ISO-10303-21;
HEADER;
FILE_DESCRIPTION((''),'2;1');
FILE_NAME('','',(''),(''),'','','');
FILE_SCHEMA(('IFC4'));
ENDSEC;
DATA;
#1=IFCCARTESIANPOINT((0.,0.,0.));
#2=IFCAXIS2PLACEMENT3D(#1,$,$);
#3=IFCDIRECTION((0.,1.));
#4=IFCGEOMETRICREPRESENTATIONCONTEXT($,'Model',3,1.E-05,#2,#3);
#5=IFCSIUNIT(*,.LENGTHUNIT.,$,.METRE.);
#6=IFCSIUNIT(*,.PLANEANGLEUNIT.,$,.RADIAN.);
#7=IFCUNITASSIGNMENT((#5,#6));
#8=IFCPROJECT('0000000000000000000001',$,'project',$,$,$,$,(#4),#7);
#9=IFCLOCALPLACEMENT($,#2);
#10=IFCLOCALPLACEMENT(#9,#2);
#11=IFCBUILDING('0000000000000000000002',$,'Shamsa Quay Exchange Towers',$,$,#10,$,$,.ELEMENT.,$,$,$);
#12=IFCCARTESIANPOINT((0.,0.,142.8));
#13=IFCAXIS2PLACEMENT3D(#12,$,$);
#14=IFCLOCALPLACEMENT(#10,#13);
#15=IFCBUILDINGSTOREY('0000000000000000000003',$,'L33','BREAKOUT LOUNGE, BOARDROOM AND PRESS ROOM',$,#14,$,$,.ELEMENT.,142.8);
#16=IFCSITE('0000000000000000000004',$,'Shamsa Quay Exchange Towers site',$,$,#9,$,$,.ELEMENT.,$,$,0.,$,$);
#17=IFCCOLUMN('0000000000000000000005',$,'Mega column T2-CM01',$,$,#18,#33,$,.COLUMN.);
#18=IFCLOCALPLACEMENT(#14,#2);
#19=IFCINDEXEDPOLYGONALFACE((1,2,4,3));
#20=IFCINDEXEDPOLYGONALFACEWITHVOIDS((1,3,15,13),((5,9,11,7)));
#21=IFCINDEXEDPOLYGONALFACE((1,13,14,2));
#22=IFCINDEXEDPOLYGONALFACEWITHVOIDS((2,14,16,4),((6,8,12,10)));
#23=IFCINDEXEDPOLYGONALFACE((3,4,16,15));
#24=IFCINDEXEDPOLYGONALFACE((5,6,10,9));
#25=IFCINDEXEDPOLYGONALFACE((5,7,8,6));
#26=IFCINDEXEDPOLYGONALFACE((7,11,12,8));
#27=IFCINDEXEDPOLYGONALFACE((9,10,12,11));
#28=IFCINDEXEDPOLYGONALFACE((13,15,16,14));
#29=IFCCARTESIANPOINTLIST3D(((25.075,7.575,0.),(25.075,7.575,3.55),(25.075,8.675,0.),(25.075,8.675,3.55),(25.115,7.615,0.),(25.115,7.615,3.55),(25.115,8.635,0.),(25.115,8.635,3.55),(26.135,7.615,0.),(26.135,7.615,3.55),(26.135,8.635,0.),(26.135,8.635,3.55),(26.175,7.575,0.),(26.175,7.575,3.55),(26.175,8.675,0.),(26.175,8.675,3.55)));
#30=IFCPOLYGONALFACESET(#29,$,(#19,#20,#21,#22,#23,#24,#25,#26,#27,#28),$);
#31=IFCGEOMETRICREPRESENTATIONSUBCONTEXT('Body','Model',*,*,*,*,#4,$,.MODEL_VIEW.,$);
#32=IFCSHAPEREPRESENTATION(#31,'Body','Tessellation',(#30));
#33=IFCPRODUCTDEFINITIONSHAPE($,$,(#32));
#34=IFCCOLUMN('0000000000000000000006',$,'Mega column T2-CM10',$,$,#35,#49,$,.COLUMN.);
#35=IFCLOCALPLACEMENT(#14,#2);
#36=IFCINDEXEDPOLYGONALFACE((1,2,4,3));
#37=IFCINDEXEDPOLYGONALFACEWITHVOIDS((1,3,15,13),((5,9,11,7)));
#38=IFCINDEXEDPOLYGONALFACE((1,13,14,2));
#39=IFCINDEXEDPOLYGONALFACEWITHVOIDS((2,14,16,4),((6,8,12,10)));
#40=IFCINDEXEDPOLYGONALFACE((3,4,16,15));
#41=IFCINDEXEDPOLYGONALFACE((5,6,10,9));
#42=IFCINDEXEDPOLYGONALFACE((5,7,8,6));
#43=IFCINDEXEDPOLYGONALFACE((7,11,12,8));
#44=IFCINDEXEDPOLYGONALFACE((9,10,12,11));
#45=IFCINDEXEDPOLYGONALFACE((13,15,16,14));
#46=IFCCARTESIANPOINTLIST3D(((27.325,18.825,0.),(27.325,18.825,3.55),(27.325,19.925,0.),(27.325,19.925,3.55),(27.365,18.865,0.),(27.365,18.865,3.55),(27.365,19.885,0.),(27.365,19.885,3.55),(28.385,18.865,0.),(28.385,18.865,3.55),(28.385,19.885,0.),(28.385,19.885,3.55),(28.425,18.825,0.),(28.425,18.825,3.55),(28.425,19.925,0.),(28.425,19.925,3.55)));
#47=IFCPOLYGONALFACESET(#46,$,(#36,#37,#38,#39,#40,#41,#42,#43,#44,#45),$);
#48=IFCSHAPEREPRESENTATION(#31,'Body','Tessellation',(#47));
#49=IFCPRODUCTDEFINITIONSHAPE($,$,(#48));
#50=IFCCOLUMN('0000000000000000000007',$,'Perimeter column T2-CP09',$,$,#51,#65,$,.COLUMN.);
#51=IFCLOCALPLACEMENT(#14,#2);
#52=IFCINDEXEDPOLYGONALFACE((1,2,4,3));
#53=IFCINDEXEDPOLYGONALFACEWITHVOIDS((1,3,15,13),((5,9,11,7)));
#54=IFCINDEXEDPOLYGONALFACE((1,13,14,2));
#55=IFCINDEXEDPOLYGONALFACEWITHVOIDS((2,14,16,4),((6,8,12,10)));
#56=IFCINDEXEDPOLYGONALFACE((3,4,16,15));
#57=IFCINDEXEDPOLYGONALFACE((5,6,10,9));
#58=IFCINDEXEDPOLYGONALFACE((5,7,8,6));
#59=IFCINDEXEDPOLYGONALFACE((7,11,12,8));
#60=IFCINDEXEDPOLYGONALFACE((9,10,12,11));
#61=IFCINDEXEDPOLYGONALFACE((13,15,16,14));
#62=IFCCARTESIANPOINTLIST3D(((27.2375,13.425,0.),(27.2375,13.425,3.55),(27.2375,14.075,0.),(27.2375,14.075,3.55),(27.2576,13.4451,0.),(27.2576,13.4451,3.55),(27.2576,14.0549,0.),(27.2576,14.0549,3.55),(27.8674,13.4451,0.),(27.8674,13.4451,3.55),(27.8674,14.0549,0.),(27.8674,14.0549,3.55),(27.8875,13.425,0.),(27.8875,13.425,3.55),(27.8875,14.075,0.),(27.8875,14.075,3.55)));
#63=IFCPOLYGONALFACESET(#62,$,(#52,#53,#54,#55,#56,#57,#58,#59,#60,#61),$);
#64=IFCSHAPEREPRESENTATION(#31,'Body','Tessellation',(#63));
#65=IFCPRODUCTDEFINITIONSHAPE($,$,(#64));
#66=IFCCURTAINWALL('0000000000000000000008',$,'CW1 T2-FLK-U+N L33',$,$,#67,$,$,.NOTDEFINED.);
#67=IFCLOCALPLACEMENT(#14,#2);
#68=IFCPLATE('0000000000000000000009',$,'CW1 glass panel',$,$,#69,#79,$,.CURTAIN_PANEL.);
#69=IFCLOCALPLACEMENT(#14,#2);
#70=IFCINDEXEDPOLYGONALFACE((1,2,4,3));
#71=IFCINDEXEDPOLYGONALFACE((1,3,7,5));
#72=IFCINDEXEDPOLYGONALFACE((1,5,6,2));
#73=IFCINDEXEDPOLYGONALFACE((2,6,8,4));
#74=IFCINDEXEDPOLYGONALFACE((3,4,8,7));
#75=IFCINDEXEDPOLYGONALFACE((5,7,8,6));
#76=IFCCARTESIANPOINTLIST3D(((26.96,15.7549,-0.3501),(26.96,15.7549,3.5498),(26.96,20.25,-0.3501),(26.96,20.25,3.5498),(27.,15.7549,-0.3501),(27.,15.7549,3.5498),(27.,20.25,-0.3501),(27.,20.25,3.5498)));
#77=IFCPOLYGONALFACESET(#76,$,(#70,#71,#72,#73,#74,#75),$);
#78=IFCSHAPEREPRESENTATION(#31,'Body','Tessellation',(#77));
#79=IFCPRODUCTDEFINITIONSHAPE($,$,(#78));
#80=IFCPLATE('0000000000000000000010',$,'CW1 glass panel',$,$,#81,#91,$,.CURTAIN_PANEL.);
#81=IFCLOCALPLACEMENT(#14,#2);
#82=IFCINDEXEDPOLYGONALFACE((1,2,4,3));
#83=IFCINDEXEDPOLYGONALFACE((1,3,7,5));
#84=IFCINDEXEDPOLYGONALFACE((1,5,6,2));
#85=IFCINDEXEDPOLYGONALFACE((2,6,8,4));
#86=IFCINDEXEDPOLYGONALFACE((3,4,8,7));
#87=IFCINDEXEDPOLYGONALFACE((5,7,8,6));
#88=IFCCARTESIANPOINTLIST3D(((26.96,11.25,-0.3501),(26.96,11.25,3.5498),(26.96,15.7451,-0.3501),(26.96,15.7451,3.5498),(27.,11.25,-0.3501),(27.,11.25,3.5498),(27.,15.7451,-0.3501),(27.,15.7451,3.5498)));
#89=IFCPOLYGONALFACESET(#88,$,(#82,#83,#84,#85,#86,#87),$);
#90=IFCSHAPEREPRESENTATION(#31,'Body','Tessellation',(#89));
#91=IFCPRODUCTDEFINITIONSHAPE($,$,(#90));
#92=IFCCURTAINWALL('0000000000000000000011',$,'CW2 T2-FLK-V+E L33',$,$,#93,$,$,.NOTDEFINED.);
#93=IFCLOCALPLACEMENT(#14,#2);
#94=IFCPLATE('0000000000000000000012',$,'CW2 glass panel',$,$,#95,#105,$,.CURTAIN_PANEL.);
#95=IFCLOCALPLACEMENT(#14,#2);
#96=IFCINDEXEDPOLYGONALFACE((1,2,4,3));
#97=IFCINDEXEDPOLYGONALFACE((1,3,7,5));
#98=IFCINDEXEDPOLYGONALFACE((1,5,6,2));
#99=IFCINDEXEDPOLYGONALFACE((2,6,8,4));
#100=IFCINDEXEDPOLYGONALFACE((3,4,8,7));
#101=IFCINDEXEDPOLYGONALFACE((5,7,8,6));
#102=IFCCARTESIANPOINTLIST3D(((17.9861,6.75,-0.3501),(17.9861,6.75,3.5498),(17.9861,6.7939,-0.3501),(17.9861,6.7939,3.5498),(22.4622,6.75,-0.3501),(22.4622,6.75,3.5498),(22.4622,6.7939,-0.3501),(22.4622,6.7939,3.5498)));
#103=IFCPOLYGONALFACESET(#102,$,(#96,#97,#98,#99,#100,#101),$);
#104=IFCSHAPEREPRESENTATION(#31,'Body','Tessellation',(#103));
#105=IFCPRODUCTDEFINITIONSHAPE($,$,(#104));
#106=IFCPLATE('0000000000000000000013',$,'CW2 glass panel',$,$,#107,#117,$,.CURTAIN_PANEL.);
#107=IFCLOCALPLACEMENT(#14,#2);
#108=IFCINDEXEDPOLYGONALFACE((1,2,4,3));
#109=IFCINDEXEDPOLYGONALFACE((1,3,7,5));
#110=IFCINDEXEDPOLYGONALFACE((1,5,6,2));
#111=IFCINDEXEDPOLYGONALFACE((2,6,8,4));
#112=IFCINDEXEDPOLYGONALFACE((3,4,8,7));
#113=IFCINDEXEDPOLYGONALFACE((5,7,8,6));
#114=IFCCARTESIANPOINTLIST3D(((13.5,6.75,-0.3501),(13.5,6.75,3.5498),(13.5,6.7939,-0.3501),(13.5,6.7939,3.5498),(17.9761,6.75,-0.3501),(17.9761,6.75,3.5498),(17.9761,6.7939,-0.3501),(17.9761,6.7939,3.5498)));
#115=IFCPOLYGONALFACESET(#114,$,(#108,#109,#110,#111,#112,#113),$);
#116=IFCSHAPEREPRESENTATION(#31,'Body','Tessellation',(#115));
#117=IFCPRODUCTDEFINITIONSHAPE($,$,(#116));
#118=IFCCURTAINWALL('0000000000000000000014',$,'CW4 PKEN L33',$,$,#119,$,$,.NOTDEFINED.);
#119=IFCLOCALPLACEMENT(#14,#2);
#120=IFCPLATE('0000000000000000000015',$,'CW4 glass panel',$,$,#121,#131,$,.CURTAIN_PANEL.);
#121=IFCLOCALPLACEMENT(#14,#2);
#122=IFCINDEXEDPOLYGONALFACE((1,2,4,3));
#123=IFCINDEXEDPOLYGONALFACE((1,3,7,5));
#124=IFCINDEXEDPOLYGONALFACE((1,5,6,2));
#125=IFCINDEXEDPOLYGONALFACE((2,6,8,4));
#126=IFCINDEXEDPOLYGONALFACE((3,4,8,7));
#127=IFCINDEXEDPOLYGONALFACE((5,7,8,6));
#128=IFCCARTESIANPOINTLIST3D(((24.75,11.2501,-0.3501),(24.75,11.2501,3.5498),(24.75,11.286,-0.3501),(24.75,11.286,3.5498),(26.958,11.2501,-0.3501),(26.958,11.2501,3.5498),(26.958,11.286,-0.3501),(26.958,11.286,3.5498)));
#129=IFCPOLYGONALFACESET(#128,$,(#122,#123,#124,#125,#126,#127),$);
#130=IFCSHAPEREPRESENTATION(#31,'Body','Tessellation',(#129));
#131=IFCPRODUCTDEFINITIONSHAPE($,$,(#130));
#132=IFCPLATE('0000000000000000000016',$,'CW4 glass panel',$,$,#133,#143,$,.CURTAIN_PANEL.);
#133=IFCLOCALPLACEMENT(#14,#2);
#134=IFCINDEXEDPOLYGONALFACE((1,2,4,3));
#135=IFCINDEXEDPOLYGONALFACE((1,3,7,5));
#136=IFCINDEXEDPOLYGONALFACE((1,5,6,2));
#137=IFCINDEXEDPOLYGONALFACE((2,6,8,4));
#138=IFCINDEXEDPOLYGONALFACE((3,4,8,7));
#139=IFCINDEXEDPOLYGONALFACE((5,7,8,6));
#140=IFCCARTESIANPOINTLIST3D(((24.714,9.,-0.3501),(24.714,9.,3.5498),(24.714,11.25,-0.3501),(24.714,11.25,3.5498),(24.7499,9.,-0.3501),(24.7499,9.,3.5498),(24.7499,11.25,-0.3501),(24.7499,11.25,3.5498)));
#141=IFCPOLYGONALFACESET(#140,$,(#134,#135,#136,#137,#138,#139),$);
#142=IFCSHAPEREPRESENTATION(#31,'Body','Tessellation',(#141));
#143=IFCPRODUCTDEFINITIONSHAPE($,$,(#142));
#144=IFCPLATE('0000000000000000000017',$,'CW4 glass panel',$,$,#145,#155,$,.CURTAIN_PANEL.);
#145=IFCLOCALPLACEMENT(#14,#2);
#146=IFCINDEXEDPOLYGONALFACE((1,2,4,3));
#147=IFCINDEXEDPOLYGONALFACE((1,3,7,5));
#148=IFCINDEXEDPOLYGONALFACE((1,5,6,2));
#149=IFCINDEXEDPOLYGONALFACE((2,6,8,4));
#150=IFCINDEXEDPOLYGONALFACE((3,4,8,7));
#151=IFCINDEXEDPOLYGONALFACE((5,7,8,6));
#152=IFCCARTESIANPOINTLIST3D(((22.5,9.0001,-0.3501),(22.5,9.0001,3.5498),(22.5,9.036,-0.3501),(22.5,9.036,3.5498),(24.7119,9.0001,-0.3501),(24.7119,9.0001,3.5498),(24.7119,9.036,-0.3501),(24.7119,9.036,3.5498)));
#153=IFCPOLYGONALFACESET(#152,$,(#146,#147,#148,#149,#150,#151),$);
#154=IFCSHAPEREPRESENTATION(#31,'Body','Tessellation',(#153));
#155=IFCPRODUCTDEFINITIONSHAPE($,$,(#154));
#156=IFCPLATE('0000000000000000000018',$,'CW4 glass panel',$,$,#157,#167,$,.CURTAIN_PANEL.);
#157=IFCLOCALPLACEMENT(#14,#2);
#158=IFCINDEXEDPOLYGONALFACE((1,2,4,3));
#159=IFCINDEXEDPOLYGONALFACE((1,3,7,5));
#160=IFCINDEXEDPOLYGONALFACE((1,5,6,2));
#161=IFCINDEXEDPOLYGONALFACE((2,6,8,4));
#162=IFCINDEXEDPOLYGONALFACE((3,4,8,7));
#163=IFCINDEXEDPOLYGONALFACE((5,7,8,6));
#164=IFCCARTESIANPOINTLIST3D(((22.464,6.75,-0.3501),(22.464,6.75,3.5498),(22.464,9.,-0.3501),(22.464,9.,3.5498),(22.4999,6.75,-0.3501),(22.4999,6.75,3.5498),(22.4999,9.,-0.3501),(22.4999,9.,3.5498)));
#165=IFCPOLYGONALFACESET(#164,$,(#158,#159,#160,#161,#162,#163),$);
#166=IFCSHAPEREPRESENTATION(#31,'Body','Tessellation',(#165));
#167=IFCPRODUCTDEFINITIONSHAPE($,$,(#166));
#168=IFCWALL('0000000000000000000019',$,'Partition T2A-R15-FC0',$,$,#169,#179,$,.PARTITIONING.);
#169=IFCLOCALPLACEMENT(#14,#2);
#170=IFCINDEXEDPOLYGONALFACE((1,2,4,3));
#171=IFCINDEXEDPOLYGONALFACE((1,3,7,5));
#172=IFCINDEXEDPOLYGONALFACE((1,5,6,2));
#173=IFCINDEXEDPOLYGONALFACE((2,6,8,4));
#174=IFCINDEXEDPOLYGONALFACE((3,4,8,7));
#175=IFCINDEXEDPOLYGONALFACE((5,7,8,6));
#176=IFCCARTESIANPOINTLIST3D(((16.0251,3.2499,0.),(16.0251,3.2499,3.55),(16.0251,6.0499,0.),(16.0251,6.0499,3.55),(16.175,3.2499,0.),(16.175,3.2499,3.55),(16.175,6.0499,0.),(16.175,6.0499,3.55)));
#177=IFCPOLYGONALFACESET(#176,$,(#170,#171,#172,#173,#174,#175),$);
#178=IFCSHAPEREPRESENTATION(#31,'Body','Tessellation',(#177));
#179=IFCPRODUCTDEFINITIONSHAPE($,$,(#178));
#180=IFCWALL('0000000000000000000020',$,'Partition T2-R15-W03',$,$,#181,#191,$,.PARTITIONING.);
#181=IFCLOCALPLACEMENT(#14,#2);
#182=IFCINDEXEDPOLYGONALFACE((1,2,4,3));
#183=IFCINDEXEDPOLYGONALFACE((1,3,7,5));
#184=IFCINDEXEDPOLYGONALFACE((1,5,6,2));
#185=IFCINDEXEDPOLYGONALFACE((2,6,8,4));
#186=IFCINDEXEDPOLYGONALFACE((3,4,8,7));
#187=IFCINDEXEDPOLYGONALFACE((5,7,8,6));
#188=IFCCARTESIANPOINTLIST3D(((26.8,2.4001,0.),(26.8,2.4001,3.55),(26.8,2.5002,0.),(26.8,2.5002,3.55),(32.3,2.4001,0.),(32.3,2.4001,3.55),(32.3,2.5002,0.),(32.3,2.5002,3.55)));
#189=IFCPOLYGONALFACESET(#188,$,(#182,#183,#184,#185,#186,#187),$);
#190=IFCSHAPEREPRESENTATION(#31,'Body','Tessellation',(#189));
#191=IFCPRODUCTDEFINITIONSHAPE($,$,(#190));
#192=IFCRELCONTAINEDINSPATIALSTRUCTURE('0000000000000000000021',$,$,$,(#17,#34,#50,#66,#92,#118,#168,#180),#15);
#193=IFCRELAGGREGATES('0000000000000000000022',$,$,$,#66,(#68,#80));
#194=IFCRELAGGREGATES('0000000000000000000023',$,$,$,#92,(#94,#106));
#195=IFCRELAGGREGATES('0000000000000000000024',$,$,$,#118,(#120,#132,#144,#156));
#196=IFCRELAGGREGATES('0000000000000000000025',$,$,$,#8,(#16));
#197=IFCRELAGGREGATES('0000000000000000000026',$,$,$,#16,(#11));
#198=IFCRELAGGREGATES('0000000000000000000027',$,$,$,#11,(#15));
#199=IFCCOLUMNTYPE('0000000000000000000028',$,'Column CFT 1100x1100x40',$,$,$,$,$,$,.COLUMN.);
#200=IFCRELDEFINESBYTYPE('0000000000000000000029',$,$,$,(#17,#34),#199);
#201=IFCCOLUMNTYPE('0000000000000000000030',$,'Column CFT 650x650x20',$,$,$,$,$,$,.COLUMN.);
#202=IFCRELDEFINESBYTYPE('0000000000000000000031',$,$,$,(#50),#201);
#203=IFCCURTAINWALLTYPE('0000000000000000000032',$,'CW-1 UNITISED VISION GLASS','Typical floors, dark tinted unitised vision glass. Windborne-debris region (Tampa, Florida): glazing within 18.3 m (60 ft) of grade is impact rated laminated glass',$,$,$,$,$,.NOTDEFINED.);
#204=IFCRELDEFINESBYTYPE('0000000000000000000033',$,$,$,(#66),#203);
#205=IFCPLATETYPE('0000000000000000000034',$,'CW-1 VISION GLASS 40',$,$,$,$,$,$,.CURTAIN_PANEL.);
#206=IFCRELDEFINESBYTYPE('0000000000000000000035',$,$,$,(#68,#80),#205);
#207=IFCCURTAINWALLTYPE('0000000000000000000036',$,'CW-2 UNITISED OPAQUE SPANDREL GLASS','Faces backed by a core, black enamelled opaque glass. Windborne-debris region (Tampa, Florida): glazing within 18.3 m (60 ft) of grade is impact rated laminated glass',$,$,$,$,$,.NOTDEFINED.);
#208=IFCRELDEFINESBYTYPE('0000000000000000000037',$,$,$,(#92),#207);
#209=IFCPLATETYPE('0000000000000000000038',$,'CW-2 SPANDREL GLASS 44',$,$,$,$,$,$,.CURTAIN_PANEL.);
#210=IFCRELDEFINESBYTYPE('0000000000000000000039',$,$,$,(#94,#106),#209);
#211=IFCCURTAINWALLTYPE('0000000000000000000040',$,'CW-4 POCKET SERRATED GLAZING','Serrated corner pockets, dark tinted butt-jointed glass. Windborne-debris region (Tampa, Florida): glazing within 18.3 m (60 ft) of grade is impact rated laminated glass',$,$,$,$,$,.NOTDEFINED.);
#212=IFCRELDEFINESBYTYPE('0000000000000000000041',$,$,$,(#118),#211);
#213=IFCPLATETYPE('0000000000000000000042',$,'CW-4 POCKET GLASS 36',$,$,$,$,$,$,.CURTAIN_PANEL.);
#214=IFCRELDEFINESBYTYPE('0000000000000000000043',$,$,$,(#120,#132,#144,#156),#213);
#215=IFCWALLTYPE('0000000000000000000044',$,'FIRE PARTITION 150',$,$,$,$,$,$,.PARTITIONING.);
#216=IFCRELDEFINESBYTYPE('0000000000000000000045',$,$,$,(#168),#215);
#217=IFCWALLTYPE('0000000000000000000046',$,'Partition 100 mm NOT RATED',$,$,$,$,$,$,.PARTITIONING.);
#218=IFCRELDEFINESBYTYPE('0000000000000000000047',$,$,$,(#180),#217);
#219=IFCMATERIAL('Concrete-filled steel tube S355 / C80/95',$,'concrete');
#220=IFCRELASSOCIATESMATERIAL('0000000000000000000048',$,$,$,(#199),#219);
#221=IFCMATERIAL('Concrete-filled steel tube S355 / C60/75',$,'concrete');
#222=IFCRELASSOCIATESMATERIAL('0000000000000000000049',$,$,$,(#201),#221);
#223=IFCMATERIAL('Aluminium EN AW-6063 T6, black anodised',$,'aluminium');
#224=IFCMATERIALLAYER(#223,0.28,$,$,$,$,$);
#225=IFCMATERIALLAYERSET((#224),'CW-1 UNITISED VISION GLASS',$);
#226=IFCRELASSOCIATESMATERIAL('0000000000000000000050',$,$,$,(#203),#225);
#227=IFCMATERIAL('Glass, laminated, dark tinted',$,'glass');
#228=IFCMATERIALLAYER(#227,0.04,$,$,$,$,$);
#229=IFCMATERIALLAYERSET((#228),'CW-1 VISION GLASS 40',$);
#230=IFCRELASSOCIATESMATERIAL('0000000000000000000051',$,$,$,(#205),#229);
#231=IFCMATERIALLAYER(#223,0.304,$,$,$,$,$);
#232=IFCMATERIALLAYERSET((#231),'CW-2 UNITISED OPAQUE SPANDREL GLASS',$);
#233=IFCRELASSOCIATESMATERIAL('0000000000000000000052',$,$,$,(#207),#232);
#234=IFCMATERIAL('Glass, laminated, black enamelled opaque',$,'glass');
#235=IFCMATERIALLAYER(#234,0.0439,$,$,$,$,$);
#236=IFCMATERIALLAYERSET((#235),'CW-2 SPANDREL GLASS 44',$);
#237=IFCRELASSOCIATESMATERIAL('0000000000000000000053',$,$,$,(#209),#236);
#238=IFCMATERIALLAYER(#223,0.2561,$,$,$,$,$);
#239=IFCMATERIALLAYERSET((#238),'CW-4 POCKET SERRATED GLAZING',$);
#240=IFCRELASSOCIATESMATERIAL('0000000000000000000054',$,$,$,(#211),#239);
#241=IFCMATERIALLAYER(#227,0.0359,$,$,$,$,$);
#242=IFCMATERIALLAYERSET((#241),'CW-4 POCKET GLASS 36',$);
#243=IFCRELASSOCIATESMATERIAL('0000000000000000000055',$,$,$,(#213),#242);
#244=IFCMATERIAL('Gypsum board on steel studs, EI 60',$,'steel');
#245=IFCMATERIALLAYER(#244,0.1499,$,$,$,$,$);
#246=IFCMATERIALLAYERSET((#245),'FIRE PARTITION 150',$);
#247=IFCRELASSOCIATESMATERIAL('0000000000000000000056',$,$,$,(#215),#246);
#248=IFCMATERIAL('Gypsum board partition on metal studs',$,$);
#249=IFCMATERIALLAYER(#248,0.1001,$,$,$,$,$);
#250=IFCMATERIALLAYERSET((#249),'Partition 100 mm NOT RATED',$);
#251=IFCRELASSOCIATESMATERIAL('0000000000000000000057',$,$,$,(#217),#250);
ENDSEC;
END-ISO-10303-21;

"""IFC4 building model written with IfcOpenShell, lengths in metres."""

from ifc_helpers import new_model, si_unit, direction, frame, frame_2d, origin, origin_2d, place, context, subcontext, project, spatial, rectangle, hollow_rectangle, extrude, material, layer, layer_set, material_profile, profile_set, type_object, element, aggregate, save


model = new_model("IFC4")

# Units and contexts
model_context = context("Model", 3, precision=1e-05, world=origin(), true_north=direction((0.0, 1.0)))
body_context = subcontext(model_context, "Body", "Model", "MODEL_VIEW")
ifc_project = project(units=[si_unit("LENGTHUNIT", "METRE"), si_unit("PLANEANGLEUNIT", "RADIAN")], contexts=[model_context])

# Site, building, storey
site_placement = place(None, origin())
site = spatial("IfcSite", under=ifc_project, at=site_placement, Name="Shamsa Quay Exchange Towers site", CompositionType="ELEMENT", RefElevation=0.0)
building_placement = place(site_placement, origin())
building = spatial("IfcBuilding", under=site, at=building_placement, Name="Shamsa Quay Exchange Towers", CompositionType="ELEMENT")
storey_placement = place(building_placement, frame((0.0, 0.0, 142.8)))
storey = spatial("IfcBuildingStorey", under=building, at=storey_placement, Name="L33", Description="BREAKOUT LOUNGE, BOARDROOM AND PRESS ROOM", CompositionType="ELEMENT", Elevation=142.8)

# Columns
ifc_material_1 = material(Name="Concrete-filled steel tube S355 / C80/95", Category="concrete")
ifc_material_profile_1 = material_profile(ifc_material_1, hollow_rectangle(XDim=1.1001, YDim=1.1001, WallThickness=0.04, at=origin_2d()), Name="CFT 1100x1100x40")
ifc_profile_set_1 = profile_set([ifc_material_profile_1], Name="Concrete-filled steel tube S355 / C80/95")
column_type_1 = type_object("IfcColumnType", Name="Column CFT 1100x1100x40", PredefinedType="COLUMN", material=ifc_profile_set_1)
for number, where, name in (
    (1, (25.625, 8.125, 0.0), "Mega column T2-CM01"),
    (2, (27.875, 19.375, 0.0), "Mega column T2-CM10"),
):
    element("IfcColumn", number, at=place(storey_placement, frame(where)), inside=storey, type_object=column_type_1, Name=name, PredefinedType="COLUMN", context=body_context, shape_type="SweptSolid", body=[
        extrude(hollow_rectangle(XDim=1.1001, YDim=1.1001, WallThickness=0.04, at=origin_2d()), origin(), (0.0, 0.0, 1.0), 3.55),
    ])
ifc_material_2 = material(Name="Concrete-filled steel tube S355 / C60/75", Category="concrete")
ifc_material_profile_2 = material_profile(ifc_material_2, hollow_rectangle(XDim=0.6499, YDim=0.6499, WallThickness=0.02, at=origin_2d()), Name="CFT 650x650x20")
ifc_profile_set_2 = profile_set([ifc_material_profile_2], Name="Concrete-filled steel tube S355 / C60/75")
column_type_2 = type_object("IfcColumnType", Name="Column CFT 650x650x20", PredefinedType="COLUMN", material=ifc_profile_set_2)
column_placement = place(storey_placement, frame((27.5625, 13.75, 0.0)))
element("IfcColumn", 3, at=column_placement, inside=storey, type_object=column_type_2, Name="Perimeter column T2-CP09", PredefinedType="COLUMN", context=body_context, shape_type="SweptSolid", body=[
    extrude(hollow_rectangle(XDim=0.6499, YDim=0.6499, WallThickness=0.02, at=origin_2d()), origin(), (0.0, 0.0, 1.0), 3.55),
])

# Curtain walls, plates
ifc_material_3 = material(Name="Aluminium EN AW-6063 T6, black anodised", Category="aluminium")
ifc_layer_1 = layer(ifc_material_3, 0.28)
ifc_layer_set_1 = layer_set([ifc_layer_1], Name="CW-1 UNITISED VISION GLASS")
curtain_wall_type_1 = type_object("IfcCurtainWallType", Name="CW-1 UNITISED VISION GLASS", Description="Typical floors, dark tinted unitised vision glass. Windborne-debris region (Tampa, Florida): glazing within 18.3 m (60 ft) of grade is impact rated laminated glass", PredefinedType="NOTDEFINED", material=ifc_layer_set_1)
curtain_wall_1_placement = place(storey_placement, origin())
curtain_wall_1 = element("IfcCurtainWall", 4, at=curtain_wall_1_placement, inside=storey, type_object=curtain_wall_type_1, Name="CW1 T2-FLK-U+N L33", PredefinedType="NOTDEFINED")
ifc_material_4 = material(Name="Glass, laminated, dark tinted", Category="glass")
ifc_layer_2 = layer(ifc_material_4, 0.04)
ifc_layer_set_2 = layer_set([ifc_layer_2], Name="CW-1 VISION GLASS 40")
plate_type_1 = type_object("IfcPlateType", Name="CW-1 VISION GLASS 40", PredefinedType="CURTAIN_PANEL", material=ifc_layer_set_2)
plate_1_placement = place(storey_placement, frame((26.98, 18.0024, -0.3501), z_axis=(0.0, 0.0, 1.0), x_axis=(0.0, -1.0, 0.0)))
plate_1 = element("IfcPlate", 5, at=plate_1_placement, type_object=plate_type_1, Name="CW1 glass panel", PredefinedType="CURTAIN_PANEL", context=body_context, shape_type="SweptSolid", body=[
    extrude(rectangle(XDim=4.4951, YDim=0.04, at=origin_2d()), origin(), (0.0, 0.0, 1.0), 3.8999),
])
plate_2_placement = place(storey_placement, frame((26.98, 13.4976, -0.3501), z_axis=(0.0, 0.0, 1.0), x_axis=(0.0, -1.0, 0.0)))
plate_2 = element("IfcPlate", 6, at=plate_2_placement, type_object=plate_type_1, Name="CW1 glass panel", PredefinedType="CURTAIN_PANEL", context=body_context, shape_type="SweptSolid", body=[
    extrude(rectangle(XDim=4.4951, YDim=0.04, at=origin_2d()), origin(), (0.0, 0.0, 1.0), 3.8999),
])
aggregate(curtain_wall_1, [plate_1, plate_2])
ifc_layer_3 = layer(ifc_material_3, 0.304)
ifc_layer_set_3 = layer_set([ifc_layer_3], Name="CW-2 UNITISED OPAQUE SPANDREL GLASS")
curtain_wall_type_2 = type_object("IfcCurtainWallType", Name="CW-2 UNITISED OPAQUE SPANDREL GLASS", Description="Faces backed by a core, black enamelled opaque glass. Windborne-debris region (Tampa, Florida): glazing within 18.3 m (60 ft) of grade is impact rated laminated glass", PredefinedType="NOTDEFINED", material=ifc_layer_set_3)
curtain_wall_2_placement = place(storey_placement, origin())
curtain_wall_2 = element("IfcCurtainWall", 7, at=curtain_wall_2_placement, inside=storey, type_object=curtain_wall_type_2, Name="CW2 T2-FLK-V+E L33", PredefinedType="NOTDEFINED")
ifc_material_5 = material(Name="Glass, laminated, black enamelled opaque", Category="glass")
ifc_layer_4 = layer(ifc_material_5, 0.0439)
ifc_layer_set_4 = layer_set([ifc_layer_4], Name="CW-2 SPANDREL GLASS 44")
plate_type_2 = type_object("IfcPlateType", Name="CW-2 SPANDREL GLASS 44", PredefinedType="CURTAIN_PANEL", material=ifc_layer_set_4)
plate_3_placement = place(storey_placement, frame((20.2241, 6.772, -0.3501), z_axis=(0.0, 0.0, 1.0), x_axis=(-1.0, 0.0, 0.0)))
plate_3 = element("IfcPlate", 8, at=plate_3_placement, type_object=plate_type_2, Name="CW2 glass panel", PredefinedType="CURTAIN_PANEL", context=body_context, shape_type="SweptSolid", body=[
    extrude(rectangle(XDim=4.4761, YDim=0.0439, at=origin_2d()), origin(), (0.0, 0.0, 1.0), 3.8999),
])
plate_4_placement = place(storey_placement, frame((15.738, 6.772, -0.3501), z_axis=(0.0, 0.0, 1.0), x_axis=(-1.0, 0.0, 0.0)))
plate_4 = element("IfcPlate", 9, at=plate_4_placement, type_object=plate_type_2, Name="CW2 glass panel", PredefinedType="CURTAIN_PANEL", context=body_context, shape_type="SweptSolid", body=[
    extrude(rectangle(XDim=4.4761, YDim=0.0439, at=origin_2d()), origin(), (0.0, 0.0, 1.0), 3.8999),
])
aggregate(curtain_wall_2, [plate_3, plate_4])
ifc_layer_5 = layer(ifc_material_3, 0.2561)
ifc_layer_set_5 = layer_set([ifc_layer_5], Name="CW-4 POCKET SERRATED GLAZING")
curtain_wall_type_3 = type_object("IfcCurtainWallType", Name="CW-4 POCKET SERRATED GLAZING", Description="Serrated corner pockets, dark tinted butt-jointed glass. Windborne-debris region (Tampa, Florida): glazing within 18.3 m (60 ft) of grade is impact rated laminated glass", PredefinedType="NOTDEFINED", material=ifc_layer_set_5)
curtain_wall_3_placement = place(storey_placement, origin())
curtain_wall_3 = element("IfcCurtainWall", 10, at=curtain_wall_3_placement, inside=storey, type_object=curtain_wall_type_3, Name="CW4 PKEN L33", PredefinedType="NOTDEFINED")
ifc_layer_6 = layer(ifc_material_4, 0.0359)
ifc_layer_set_6 = layer_set([ifc_layer_6], Name="CW-4 POCKET GLASS 36")
plate_type_3 = type_object("IfcPlateType", Name="CW-4 POCKET GLASS 36", PredefinedType="CURTAIN_PANEL", material=ifc_layer_set_6)
plate_5_placement = place(storey_placement, frame((25.854, 11.2681, -0.3501), z_axis=(0.0, 0.0, 1.0), x_axis=(-1.0, 0.0, 0.0)))
plate_5 = element("IfcPlate", 11, at=plate_5_placement, type_object=plate_type_3, Name="CW4 glass panel", PredefinedType="CURTAIN_PANEL", context=body_context, shape_type="SweptSolid", body=[
    extrude(rectangle(XDim=2.208, YDim=0.0359, at=origin_2d()), origin(), (0.0, 0.0, 1.0), 3.8999),
])
plate_6_placement = place(storey_placement, frame((24.7319, 10.125, -0.3501), z_axis=(0.0, 0.0, 1.0), x_axis=(0.0, -1.0, 0.0)))
plate_6 = element("IfcPlate", 12, at=plate_6_placement, type_object=plate_type_3, Name="CW4 glass panel", PredefinedType="CURTAIN_PANEL", context=body_context, shape_type="SweptSolid", body=[
    extrude(rectangle(XDim=2.25, YDim=0.0359, at=origin_2d()), origin(), (0.0, 0.0, 1.0), 3.8999),
])
plate_7_placement = place(storey_placement, frame((23.606, 9.0181, -0.3501), z_axis=(0.0, 0.0, 1.0), x_axis=(-1.0, 0.0, 0.0)))
plate_7 = element("IfcPlate", 13, at=plate_7_placement, type_object=plate_type_3, Name="CW4 glass panel", PredefinedType="CURTAIN_PANEL", context=body_context, shape_type="SweptSolid", body=[
    extrude(rectangle(XDim=2.2119, YDim=0.0359, at=origin_2d()), origin(), (0.0, 0.0, 1.0), 3.8999),
])
plate_8_placement = place(storey_placement, frame((22.4819, 7.875, -0.3501), z_axis=(0.0, 0.0, 1.0), x_axis=(0.0, -1.0, 0.0)))
plate_8 = element("IfcPlate", 14, at=plate_8_placement, type_object=plate_type_3, Name="CW4 glass panel", PredefinedType="CURTAIN_PANEL", context=body_context, shape_type="SweptSolid", body=[
    extrude(rectangle(XDim=2.25, YDim=0.0359, at=origin_2d()), origin(), (0.0, 0.0, 1.0), 3.8999),
])
aggregate(curtain_wall_3, [plate_5, plate_6, plate_7, plate_8])

# Walls
ifc_material_6 = material(Name="Gypsum board on steel studs, EI 60", Category="steel")
ifc_layer_7 = layer(ifc_material_6, 0.1499)
ifc_layer_set_7 = layer_set([ifc_layer_7], Name="FIRE PARTITION 150")
wall_type_1 = type_object("IfcWallType", Name="FIRE PARTITION 150", PredefinedType="PARTITIONING", material=ifc_layer_set_7)
wall_1_placement = place(storey_placement, frame((16.1001, 3.25, 0.0), z_axis=(0.0, 0.0, 1.0), x_axis=(0.0, 1.0, 0.0)))
element("IfcWall", 15, at=wall_1_placement, inside=storey, type_object=wall_type_1, Name="Partition T2A-R15-FC0", PredefinedType="PARTITIONING", context=body_context, shape_type="SweptSolid", body=[
    extrude(rectangle(XDim=2.8, YDim=0.1499, at=frame_2d((1.3999, 0.0))), origin(), (0.0, 0.0, 1.0), 3.55),
])
ifc_material_7 = material(Name="Gypsum board partition on metal studs")
ifc_layer_8 = layer(ifc_material_7, 0.1001)
ifc_layer_set_8 = layer_set([ifc_layer_8], Name="Partition 100 mm NOT RATED")
wall_type_2 = type_object("IfcWallType", Name="Partition 100 mm NOT RATED", PredefinedType="PARTITIONING", material=ifc_layer_set_8)
wall_2_placement = place(storey_placement, frame((26.8, 2.4502, 0.0)))
element("IfcWall", 16, at=wall_2_placement, inside=storey, type_object=wall_type_2, Name="Partition T2-R15-W03", PredefinedType="PARTITIONING", context=body_context, shape_type="SweptSolid", body=[
    extrude(rectangle(XDim=5.5, YDim=0.1001, at=frame_2d((2.75, 0.0))), origin(), (0.0, 0.0, 1.0), 3.55),
])

save(model, "model.ifc")
